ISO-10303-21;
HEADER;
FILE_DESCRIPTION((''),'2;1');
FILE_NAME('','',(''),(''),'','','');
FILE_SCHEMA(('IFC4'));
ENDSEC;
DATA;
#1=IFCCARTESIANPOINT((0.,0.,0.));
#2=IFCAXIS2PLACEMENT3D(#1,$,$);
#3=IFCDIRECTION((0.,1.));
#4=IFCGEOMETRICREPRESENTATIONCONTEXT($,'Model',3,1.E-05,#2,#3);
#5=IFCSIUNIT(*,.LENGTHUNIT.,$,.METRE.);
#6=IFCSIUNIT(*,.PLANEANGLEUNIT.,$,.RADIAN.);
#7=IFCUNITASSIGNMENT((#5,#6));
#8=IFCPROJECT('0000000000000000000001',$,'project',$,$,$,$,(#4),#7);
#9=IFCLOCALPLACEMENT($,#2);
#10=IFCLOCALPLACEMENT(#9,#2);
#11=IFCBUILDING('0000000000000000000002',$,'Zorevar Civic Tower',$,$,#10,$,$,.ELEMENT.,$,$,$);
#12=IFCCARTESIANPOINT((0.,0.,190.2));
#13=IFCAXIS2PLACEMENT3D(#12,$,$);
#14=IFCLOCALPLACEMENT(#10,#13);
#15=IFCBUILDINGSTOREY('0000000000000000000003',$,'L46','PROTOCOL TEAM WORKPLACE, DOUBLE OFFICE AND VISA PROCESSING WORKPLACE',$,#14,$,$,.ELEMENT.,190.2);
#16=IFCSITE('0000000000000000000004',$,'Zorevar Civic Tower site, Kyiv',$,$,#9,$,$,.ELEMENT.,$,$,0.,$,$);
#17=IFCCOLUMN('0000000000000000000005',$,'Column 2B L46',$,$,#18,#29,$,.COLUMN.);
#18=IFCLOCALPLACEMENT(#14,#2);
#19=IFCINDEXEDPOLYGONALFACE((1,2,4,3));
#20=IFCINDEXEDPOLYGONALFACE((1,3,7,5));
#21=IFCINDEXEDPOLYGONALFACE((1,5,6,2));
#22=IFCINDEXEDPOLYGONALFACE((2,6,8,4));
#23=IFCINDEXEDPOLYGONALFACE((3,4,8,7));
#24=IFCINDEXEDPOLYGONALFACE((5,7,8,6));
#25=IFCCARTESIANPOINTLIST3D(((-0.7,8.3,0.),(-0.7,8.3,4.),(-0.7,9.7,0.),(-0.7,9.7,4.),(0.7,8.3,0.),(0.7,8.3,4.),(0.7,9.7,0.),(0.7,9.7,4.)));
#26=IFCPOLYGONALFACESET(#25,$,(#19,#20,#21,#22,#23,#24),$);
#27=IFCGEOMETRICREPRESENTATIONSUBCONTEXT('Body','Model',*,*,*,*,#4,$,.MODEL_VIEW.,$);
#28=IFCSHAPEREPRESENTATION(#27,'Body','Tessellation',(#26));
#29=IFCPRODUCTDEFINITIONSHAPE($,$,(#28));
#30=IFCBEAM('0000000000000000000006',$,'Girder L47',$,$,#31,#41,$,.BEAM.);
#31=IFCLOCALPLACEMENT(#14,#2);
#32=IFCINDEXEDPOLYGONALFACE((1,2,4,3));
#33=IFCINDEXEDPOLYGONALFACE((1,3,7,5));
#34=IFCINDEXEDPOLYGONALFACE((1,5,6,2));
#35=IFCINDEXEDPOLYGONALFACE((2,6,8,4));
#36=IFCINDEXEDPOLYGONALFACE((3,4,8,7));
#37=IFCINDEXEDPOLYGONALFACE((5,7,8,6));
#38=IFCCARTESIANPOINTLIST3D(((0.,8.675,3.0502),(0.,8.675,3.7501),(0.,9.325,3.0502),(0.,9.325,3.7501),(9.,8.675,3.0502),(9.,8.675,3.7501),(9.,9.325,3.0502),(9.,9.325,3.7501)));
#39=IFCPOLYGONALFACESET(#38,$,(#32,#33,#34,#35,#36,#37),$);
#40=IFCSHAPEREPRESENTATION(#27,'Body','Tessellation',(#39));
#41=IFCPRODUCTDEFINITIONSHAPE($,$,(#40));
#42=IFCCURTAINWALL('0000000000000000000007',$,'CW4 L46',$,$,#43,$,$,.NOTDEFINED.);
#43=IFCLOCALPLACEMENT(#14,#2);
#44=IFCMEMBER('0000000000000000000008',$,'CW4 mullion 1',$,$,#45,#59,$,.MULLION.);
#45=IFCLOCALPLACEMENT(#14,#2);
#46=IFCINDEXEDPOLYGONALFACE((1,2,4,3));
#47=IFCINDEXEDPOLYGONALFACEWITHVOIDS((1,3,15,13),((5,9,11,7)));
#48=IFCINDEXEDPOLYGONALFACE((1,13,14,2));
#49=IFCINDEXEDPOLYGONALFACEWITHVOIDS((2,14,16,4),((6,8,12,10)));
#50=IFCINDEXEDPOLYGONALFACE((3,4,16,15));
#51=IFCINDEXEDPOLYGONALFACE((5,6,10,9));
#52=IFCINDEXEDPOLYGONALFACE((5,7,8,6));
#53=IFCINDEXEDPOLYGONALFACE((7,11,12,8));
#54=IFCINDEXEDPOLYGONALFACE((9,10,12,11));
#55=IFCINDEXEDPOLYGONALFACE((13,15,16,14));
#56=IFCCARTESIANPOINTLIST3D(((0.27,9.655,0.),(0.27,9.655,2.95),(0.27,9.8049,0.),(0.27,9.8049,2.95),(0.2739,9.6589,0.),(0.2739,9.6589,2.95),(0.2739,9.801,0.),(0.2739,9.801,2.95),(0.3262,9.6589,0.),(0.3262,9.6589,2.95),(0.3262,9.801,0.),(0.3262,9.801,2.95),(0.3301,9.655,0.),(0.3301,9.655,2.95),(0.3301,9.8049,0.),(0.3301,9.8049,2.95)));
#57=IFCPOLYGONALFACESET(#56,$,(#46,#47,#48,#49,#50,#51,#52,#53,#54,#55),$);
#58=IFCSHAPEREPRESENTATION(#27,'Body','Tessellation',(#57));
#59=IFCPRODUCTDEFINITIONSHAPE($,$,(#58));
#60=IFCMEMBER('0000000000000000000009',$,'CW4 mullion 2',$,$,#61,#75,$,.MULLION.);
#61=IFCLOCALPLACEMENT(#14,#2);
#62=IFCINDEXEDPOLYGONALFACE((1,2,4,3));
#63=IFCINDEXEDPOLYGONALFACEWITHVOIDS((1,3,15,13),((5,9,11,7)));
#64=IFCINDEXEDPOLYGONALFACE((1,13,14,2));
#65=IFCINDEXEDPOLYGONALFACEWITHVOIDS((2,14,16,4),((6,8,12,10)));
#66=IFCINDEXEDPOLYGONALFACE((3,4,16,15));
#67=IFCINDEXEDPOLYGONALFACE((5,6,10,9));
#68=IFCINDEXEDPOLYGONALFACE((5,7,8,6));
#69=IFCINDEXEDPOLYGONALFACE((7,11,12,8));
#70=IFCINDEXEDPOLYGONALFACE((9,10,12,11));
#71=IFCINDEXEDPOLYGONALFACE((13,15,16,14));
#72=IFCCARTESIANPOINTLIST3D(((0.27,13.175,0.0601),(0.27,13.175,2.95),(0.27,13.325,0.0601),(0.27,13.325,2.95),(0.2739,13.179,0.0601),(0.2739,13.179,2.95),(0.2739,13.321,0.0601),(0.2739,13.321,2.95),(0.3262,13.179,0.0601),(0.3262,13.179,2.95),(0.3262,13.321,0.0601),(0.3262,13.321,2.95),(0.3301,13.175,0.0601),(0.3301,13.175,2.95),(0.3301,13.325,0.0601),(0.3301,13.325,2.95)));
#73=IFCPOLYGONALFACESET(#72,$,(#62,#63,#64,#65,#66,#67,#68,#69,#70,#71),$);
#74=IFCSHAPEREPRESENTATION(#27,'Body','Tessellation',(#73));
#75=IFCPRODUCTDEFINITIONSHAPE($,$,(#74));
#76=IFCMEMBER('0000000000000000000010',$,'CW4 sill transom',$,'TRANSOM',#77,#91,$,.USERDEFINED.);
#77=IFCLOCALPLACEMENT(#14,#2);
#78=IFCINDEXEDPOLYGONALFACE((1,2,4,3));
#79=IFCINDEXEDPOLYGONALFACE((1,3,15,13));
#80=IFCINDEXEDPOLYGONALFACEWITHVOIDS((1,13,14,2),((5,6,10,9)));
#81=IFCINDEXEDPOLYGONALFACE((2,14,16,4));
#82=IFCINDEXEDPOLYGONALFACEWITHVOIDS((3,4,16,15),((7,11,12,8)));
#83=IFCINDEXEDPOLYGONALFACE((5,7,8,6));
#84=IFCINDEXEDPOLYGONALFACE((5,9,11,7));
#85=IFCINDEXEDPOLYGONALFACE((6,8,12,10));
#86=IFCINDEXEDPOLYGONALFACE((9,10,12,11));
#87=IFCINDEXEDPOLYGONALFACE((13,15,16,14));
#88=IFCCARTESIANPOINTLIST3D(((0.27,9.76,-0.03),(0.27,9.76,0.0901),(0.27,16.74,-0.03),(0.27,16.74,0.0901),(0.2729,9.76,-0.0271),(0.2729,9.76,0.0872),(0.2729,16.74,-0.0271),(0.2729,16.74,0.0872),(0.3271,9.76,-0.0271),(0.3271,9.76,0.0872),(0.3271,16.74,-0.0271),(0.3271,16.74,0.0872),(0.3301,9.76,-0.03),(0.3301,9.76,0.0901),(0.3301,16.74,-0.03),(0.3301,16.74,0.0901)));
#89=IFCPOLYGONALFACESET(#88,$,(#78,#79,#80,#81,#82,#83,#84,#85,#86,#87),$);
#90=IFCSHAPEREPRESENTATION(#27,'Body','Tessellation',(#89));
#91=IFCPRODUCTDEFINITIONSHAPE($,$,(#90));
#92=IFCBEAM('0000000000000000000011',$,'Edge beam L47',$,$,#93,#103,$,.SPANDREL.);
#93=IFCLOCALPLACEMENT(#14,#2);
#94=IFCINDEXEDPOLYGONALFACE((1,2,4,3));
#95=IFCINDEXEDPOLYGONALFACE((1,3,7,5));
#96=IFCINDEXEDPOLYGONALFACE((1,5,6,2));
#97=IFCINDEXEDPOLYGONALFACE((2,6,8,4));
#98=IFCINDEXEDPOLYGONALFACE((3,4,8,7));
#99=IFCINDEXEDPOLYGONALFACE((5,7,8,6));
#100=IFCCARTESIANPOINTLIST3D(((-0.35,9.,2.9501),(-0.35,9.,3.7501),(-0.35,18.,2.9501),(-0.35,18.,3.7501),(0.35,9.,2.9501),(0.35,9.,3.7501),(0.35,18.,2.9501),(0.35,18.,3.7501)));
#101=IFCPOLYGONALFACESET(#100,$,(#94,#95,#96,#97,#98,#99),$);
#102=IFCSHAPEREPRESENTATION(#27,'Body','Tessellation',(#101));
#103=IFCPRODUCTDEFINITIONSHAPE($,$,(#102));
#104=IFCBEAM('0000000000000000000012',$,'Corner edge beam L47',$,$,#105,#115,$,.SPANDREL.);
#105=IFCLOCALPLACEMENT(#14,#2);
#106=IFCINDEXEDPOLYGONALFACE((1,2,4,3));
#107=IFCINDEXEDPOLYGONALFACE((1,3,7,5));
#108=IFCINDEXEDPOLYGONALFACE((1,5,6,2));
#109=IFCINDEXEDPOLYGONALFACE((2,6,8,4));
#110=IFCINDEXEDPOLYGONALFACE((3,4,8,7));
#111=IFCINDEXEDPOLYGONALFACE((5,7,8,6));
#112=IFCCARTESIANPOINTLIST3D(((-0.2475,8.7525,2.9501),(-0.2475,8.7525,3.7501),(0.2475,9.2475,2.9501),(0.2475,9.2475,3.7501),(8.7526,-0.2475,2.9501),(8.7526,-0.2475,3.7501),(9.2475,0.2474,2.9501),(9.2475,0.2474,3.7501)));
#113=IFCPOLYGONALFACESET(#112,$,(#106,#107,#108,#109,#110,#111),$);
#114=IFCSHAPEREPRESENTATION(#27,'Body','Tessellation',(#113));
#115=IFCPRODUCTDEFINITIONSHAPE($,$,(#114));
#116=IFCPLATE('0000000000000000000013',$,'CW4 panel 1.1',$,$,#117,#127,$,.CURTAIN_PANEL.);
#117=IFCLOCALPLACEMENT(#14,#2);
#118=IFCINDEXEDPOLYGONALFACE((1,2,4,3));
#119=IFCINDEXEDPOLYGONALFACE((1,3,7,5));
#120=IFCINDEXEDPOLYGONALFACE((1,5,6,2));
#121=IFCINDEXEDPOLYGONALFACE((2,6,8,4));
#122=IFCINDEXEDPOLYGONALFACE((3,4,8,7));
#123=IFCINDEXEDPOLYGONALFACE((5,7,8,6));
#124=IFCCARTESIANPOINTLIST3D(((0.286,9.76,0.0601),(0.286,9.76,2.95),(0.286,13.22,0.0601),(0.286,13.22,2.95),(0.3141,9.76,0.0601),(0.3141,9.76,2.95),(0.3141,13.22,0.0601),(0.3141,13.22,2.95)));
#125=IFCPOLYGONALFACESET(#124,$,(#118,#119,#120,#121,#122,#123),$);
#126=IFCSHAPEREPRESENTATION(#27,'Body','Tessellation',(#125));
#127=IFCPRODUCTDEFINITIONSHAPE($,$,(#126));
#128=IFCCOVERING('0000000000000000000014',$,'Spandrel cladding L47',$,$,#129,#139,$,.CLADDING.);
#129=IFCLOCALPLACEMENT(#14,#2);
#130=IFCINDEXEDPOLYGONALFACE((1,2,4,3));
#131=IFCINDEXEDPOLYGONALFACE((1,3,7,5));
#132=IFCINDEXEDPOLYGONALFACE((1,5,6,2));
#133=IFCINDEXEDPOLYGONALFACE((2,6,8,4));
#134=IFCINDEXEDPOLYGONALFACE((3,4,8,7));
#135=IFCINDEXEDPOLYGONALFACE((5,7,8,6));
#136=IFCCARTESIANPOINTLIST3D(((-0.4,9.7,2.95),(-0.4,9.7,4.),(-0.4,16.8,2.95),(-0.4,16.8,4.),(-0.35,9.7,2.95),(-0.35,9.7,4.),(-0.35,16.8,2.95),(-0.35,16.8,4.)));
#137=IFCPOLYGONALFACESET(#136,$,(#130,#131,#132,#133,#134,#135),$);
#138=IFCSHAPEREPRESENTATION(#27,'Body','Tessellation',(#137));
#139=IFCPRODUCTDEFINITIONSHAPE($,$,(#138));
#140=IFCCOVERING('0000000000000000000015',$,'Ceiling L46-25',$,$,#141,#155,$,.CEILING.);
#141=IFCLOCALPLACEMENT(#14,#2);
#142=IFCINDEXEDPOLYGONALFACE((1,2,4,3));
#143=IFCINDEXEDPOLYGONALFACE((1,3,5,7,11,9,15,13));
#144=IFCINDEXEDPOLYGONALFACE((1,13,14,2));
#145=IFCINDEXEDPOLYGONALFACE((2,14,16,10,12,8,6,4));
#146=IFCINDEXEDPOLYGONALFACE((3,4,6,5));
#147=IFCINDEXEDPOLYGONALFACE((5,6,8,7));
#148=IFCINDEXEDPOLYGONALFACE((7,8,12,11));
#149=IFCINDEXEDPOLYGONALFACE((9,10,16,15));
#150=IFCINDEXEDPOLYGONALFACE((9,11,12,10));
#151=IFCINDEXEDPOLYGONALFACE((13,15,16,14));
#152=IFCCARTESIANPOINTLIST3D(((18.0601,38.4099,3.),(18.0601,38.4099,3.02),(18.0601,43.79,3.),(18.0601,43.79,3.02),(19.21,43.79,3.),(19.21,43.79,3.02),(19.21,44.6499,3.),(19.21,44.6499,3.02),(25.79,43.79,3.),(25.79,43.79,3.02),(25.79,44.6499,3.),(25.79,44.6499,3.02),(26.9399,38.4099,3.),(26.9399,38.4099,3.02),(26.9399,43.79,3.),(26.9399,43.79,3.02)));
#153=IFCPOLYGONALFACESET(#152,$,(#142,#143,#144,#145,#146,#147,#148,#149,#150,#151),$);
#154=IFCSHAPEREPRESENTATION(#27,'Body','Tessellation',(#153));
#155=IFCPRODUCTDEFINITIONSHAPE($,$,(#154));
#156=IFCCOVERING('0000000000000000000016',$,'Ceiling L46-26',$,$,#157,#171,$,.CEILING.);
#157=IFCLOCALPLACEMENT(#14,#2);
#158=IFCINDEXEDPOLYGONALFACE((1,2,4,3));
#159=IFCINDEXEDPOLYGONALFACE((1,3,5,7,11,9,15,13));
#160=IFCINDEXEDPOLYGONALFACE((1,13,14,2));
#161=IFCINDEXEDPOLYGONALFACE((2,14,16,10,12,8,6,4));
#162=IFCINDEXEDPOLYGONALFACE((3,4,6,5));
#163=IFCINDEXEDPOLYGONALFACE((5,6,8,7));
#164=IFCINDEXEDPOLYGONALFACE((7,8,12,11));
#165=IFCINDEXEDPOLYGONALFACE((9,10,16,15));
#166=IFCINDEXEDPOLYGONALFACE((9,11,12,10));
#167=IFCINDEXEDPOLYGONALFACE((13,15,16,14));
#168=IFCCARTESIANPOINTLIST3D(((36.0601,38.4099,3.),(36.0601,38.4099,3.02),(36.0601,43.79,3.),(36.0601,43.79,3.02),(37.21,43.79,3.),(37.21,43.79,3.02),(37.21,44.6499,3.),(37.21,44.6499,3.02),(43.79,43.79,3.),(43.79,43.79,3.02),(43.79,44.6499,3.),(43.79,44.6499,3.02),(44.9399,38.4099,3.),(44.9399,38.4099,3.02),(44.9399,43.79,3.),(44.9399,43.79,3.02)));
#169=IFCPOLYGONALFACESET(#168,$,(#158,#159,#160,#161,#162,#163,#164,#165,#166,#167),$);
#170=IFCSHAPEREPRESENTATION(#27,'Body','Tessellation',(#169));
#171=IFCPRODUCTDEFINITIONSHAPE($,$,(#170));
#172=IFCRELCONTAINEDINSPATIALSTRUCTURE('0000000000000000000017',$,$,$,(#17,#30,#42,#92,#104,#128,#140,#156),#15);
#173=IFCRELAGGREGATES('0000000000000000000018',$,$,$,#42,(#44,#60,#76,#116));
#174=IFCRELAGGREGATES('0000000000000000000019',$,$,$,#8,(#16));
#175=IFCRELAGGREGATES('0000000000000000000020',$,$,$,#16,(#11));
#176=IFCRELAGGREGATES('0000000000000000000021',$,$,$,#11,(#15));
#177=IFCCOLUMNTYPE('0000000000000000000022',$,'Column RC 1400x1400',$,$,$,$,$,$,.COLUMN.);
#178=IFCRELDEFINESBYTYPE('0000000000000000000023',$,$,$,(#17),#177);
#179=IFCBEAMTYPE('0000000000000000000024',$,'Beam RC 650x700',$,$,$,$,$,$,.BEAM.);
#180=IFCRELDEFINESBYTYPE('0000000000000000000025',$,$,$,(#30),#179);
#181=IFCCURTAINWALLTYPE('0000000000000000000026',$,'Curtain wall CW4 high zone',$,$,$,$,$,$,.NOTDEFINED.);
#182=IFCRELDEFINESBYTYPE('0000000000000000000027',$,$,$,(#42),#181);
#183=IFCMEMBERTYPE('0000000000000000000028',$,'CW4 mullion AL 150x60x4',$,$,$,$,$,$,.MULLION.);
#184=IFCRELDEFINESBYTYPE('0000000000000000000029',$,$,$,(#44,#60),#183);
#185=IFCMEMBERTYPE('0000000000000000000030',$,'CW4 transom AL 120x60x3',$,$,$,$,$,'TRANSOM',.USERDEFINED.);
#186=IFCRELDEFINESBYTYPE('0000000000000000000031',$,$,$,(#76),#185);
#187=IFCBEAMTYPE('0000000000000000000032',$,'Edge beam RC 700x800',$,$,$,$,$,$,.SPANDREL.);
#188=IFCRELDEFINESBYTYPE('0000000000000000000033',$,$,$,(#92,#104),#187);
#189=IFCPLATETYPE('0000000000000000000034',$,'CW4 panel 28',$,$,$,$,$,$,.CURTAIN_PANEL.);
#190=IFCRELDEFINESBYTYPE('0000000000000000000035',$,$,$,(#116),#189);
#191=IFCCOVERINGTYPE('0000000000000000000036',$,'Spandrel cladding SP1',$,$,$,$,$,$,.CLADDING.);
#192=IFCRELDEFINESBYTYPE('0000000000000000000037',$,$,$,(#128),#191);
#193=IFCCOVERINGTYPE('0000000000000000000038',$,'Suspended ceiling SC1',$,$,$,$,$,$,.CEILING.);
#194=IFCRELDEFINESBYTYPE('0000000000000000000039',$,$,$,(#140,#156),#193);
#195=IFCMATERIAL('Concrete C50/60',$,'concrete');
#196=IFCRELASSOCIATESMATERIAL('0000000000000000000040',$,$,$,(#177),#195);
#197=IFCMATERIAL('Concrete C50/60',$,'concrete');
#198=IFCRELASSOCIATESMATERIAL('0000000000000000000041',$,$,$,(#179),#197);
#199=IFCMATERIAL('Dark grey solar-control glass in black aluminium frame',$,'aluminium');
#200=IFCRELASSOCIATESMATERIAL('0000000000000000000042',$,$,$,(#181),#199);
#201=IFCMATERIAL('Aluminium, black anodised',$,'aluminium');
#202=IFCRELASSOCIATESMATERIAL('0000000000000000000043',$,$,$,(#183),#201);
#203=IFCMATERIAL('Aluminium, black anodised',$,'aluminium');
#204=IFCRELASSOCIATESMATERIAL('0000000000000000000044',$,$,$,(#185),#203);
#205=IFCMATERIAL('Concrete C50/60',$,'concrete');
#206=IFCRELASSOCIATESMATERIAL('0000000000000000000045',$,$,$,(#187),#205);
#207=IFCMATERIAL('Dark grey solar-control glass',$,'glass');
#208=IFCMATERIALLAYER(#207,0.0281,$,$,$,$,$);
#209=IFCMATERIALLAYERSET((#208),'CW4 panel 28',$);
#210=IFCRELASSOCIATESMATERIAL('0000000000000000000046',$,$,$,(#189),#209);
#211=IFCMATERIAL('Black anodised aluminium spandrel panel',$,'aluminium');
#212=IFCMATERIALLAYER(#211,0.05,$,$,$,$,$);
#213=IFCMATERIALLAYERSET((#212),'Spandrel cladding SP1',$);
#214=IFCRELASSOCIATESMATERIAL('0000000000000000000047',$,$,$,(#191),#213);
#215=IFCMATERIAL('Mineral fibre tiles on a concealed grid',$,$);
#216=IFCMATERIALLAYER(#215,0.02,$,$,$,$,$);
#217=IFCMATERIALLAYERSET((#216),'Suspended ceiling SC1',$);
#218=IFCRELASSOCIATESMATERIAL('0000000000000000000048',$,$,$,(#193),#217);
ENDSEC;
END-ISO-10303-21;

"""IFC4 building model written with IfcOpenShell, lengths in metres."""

from ifc_helpers import new_model, si_unit, direction, frame, frame_2d, origin, origin_2d, place, context, subcontext, project, spatial, polyline, rectangle, hollow_rectangle, outline, extrude, material, layer, layer_set, material_profile, profile_set, type_object, element, aggregate, save


model = new_model("IFC4")

# Units and contexts
model_context = context("Model", 3, precision=1e-05, world=origin(), true_north=direction((0.0, 1.0)))
body_context = subcontext(model_context, "Body", "Model", "MODEL_VIEW")
ifc_project = project(units=[si_unit("LENGTHUNIT", "METRE"), si_unit("PLANEANGLEUNIT", "RADIAN")], contexts=[model_context])

# Site, building, storey
site_placement = place(None, origin())
site = spatial("IfcSite", under=ifc_project, at=site_placement, Name="Zorevar Civic Tower site, Kyiv", CompositionType="ELEMENT", RefElevation=0.0)
building_placement = place(site_placement, origin())
building = spatial("IfcBuilding", under=site, at=building_placement, Name="Zorevar Civic Tower", CompositionType="ELEMENT")
storey_placement = place(building_placement, frame((0.0, 0.0, 190.2)))
storey = spatial("IfcBuildingStorey", under=building, at=storey_placement, Name="L46", Description="PROTOCOL TEAM WORKPLACE, DOUBLE OFFICE AND VISA PROCESSING WORKPLACE", CompositionType="ELEMENT", Elevation=190.2)

# Column
ifc_material_1 = material(Name="Concrete C50/60", Category="concrete")
ifc_material_profile_1 = material_profile(ifc_material_1, rectangle(XDim=1.3999, YDim=1.3999, at=origin_2d()), Name="RC 1400x1400")
ifc_profile_set_1 = profile_set([ifc_material_profile_1], Name="Concrete C50/60")
column_type = type_object("IfcColumnType", Name="Column RC 1400x1400", PredefinedType="COLUMN", material=ifc_profile_set_1)
column_placement = place(storey_placement, frame((0.0, 9.0, 0.0), z_axis=(0.0, 0.0, 1.0), x_axis=(1.0, 0.0, 0.0)))
element("IfcColumn", 1, at=column_placement, inside=storey, type_object=column_type, Name="Column 2B L46", PredefinedType="COLUMN", context=body_context, shape_type="SweptSolid", body=[
    extrude(rectangle(XDim=1.3999, YDim=1.3999, at=origin_2d()), origin(), (0.0, 0.0, 1.0), 4.0),
])

# Beam
ifc_material_2 = material(Name="Concrete C50/60", Category="concrete")
ifc_material_profile_2 = material_profile(ifc_material_2, rectangle(XDim=0.6499, YDim=0.7, at=origin_2d()), Name="RC 650x700")
ifc_profile_set_2 = profile_set([ifc_material_profile_2], Name="Concrete C50/60")
beam_type_1 = type_object("IfcBeamType", Name="Beam RC 650x700", PredefinedType="BEAM", material=ifc_profile_set_2)
beam_1_placement = place(storey_placement, frame((0.0, 9.0, 3.4001), z_axis=(1.0, 0.0, 0.0), x_axis=(0.0, 1.0, 0.0)))
element("IfcBeam", 2, at=beam_1_placement, inside=storey, type_object=beam_type_1, Name="Girder L47", PredefinedType="BEAM", context=body_context, shape_type="SweptSolid", body=[
    extrude(rectangle(XDim=0.6499, YDim=0.7, at=origin_2d()), origin(), (0.0, 0.0, 1.0), 9.0),
])

# Curtain wall, members
ifc_material_3 = material(Name="Dark grey solar-control glass in black aluminium frame", Category="aluminium")
curtain_wall_type = type_object("IfcCurtainWallType", Name="Curtain wall CW4 high zone", PredefinedType="NOTDEFINED", material=ifc_material_3)
curtain_wall_placement = place(storey_placement, origin())
curtain_wall = element("IfcCurtainWall", 3, at=curtain_wall_placement, inside=storey, type_object=curtain_wall_type, Name="CW4 L46", PredefinedType="NOTDEFINED")
ifc_material_4 = material(Name="Aluminium, black anodised", Category="aluminium")
ifc_material_profile_3 = material_profile(ifc_material_4, hollow_rectangle(XDim=0.0601, YDim=0.1499, WallThickness=0.0039, at=origin_2d()), Name="AL 150x60x4")
ifc_profile_set_3 = profile_set([ifc_material_profile_3], Name="Aluminium, black anodised")
member_type_1 = type_object("IfcMemberType", Name="CW4 mullion AL 150x60x4", PredefinedType="MULLION", material=ifc_profile_set_3)
member_1_placement = place(storey_placement, frame((0.3, 9.73, 0.0), z_axis=(0.0, 0.0, 1.0), x_axis=(-1.0, 0.0, 0.0)))
member_1 = element("IfcMember", 4, at=member_1_placement, type_object=member_type_1, Name="CW4 mullion 1", PredefinedType="MULLION", context=body_context, shape_type="SweptSolid", body=[
    extrude(hollow_rectangle(XDim=0.0601, YDim=0.1499, WallThickness=0.0039, at=origin_2d()), origin(), (0.0, 0.0, 1.0), 2.95),
])
member_2_placement = place(storey_placement, frame((0.3, 13.25, 0.0601), z_axis=(0.0, 0.0, 1.0), x_axis=(-1.0, 0.0, 0.0)))
member_2 = element("IfcMember", 5, at=member_2_placement, type_object=member_type_1, Name="CW4 mullion 2", PredefinedType="MULLION", context=body_context, shape_type="SweptSolid", body=[
    extrude(hollow_rectangle(XDim=0.0601, YDim=0.1499, WallThickness=0.0039, at=origin_2d()), origin(), (0.0, 0.0, 1.0), 2.8899),
])
ifc_material_5 = material(Name="Aluminium, black anodised", Category="aluminium")
ifc_material_profile_4 = material_profile(ifc_material_5, hollow_rectangle(XDim=0.0601, YDim=0.1201, WallThickness=0.0029, at=origin_2d()), Name="AL 120x60x3")
ifc_profile_set_4 = profile_set([ifc_material_profile_4], Name="Aluminium, black anodised")
member_type_2 = type_object("IfcMemberType", Name="CW4 transom AL 120x60x3", ElementType="TRANSOM", PredefinedType="USERDEFINED", material=ifc_profile_set_4)
member_3_placement = place(storey_placement, frame((0.3, 9.76, 0.03), z_axis=(0.0, 1.0, 0.0), x_axis=(-1.0, 0.0, 0.0)))
member_3 = element("IfcMember", 6, at=member_3_placement, type_object=member_type_2, Name="CW4 sill transom", ObjectType="TRANSOM", PredefinedType="USERDEFINED", context=body_context, shape_type="SweptSolid", body=[
    extrude(hollow_rectangle(XDim=0.0601, YDim=0.1201, WallThickness=0.0029, at=origin_2d()), origin(), (0.0, 0.0, 1.0), 6.98),
])

# Beams
ifc_material_6 = material(Name="Concrete C50/60", Category="concrete")
ifc_material_profile_5 = material_profile(ifc_material_6, rectangle(XDim=0.7, YDim=0.8, at=origin_2d()), Name="RC 700x800")
ifc_profile_set_5 = profile_set([ifc_material_profile_5], Name="Concrete C50/60")
beam_type_2 = type_object("IfcBeamType", Name="Edge beam RC 700x800", PredefinedType="SPANDREL", material=ifc_profile_set_5)
beam_2_placement = place(storey_placement, frame((0.0, 9.0, 3.3501), z_axis=(0.0, 1.0, 0.0), x_axis=(-1.0, 0.0, 0.0)))
element("IfcBeam", 7, at=beam_2_placement, inside=storey, type_object=beam_type_2, Name="Edge beam L47", PredefinedType="SPANDREL", context=body_context, shape_type="SweptSolid", body=[
    extrude(rectangle(XDim=0.7, YDim=0.8, at=origin_2d()), origin(), (0.0, 0.0, 1.0), 9.0),
])
beam_3_placement = place(storey_placement, frame((0.0, 9.0, 3.3501), z_axis=(0.707107, -0.707107, 0.0), x_axis=(0.707107, 0.707107, 0.0)))
element("IfcBeam", 8, at=beam_3_placement, inside=storey, type_object=beam_type_2, Name="Corner edge beam L47", PredefinedType="SPANDREL", context=body_context, shape_type="SweptSolid", body=[
    extrude(rectangle(XDim=0.7, YDim=0.8, at=origin_2d()), origin(), (0.0, 0.0, 1.0), 12.728),
])

# Plate
ifc_material_7 = material(Name="Dark grey solar-control glass", Category="glass")
ifc_layer_1 = layer(ifc_material_7, 0.0281)
ifc_layer_set_1 = layer_set([ifc_layer_1], Name="CW4 panel 28")
plate_type = type_object("IfcPlateType", Name="CW4 panel 28", PredefinedType="CURTAIN_PANEL", material=ifc_layer_set_1)
plate_placement = place(storey_placement, frame((0.3, 11.49, 0.0601), z_axis=(0.0, 0.0, 1.0), x_axis=(0.0, 1.0, 0.0)))
plate = element("IfcPlate", 9, at=plate_placement, type_object=plate_type, Name="CW4 panel 1.1", PredefinedType="CURTAIN_PANEL", context=body_context, shape_type="SweptSolid", body=[
    extrude(rectangle(XDim=3.46, YDim=0.0281, at=origin_2d()), origin(), (0.0, 0.0, 1.0), 2.8899),
])
aggregate(curtain_wall, [member_1, member_2, member_3, plate])

# Coverings
ifc_material_8 = material(Name="Black anodised aluminium spandrel panel", Category="aluminium")
ifc_layer_2 = layer(ifc_material_8, 0.05)
ifc_layer_set_2 = layer_set([ifc_layer_2], Name="Spandrel cladding SP1")
covering_type_1 = type_object("IfcCoveringType", Name="Spandrel cladding SP1", PredefinedType="CLADDING", material=ifc_layer_set_2)
covering_1_placement = place(storey_placement, frame((-0.375, 9.7, 2.95), z_axis=(0.0, 0.0, 1.0), x_axis=(0.0, 1.0, 0.0)))
element("IfcCovering", 10, at=covering_1_placement, inside=storey, type_object=covering_type_1, Name="Spandrel cladding L47", PredefinedType="CLADDING", context=body_context, shape_type="SweptSolid", body=[
    extrude(rectangle(XDim=7.1001, YDim=0.05, at=frame_2d((3.55, 0.0))), origin(), (0.0, 0.0, 1.0), 1.05),
])
ifc_material_9 = material(Name="Mineral fibre tiles on a concealed grid")
ifc_layer_3 = layer(ifc_material_9, 0.02)
ifc_layer_set_3 = layer_set([ifc_layer_3], Name="Suspended ceiling SC1")
covering_type_2 = type_object("IfcCoveringType", Name="Suspended ceiling SC1", PredefinedType="CEILING", material=ifc_layer_set_3)
covering_2_placement = place(storey_placement, frame((0.0, 0.0, 3.0)))
element("IfcCovering", 11, at=covering_2_placement, inside=storey, type_object=covering_type_2, Name="Ceiling L46-25", PredefinedType="CEILING", context=body_context, shape_type="SweptSolid", body=[
    extrude(outline(polyline([(19.21, 43.79), (19.21, 44.6499), (25.79, 44.6499), (25.79, 43.79), (26.9399, 43.79), (26.9399, 38.4099), (18.0601, 38.4099), (18.0601, 43.79), (19.21, 43.79)])), origin(), (0.0, 0.0, 1.0), 0.02),
])
covering_3_placement = place(storey_placement, frame((0.0, 0.0, 3.0)))
element("IfcCovering", 12, at=covering_3_placement, inside=storey, type_object=covering_type_2, Name="Ceiling L46-26", PredefinedType="CEILING", context=body_context, shape_type="SweptSolid", body=[
    extrude(outline(polyline([(37.21, 43.79), (37.21, 44.6499), (43.79, 44.6499), (43.79, 43.79), (44.9399, 43.79), (44.9399, 38.4099), (36.0601, 38.4099), (36.0601, 43.79), (37.21, 43.79)])), origin(), (0.0, 0.0, 1.0), 0.02),
])

save(model, "model.ifc")
